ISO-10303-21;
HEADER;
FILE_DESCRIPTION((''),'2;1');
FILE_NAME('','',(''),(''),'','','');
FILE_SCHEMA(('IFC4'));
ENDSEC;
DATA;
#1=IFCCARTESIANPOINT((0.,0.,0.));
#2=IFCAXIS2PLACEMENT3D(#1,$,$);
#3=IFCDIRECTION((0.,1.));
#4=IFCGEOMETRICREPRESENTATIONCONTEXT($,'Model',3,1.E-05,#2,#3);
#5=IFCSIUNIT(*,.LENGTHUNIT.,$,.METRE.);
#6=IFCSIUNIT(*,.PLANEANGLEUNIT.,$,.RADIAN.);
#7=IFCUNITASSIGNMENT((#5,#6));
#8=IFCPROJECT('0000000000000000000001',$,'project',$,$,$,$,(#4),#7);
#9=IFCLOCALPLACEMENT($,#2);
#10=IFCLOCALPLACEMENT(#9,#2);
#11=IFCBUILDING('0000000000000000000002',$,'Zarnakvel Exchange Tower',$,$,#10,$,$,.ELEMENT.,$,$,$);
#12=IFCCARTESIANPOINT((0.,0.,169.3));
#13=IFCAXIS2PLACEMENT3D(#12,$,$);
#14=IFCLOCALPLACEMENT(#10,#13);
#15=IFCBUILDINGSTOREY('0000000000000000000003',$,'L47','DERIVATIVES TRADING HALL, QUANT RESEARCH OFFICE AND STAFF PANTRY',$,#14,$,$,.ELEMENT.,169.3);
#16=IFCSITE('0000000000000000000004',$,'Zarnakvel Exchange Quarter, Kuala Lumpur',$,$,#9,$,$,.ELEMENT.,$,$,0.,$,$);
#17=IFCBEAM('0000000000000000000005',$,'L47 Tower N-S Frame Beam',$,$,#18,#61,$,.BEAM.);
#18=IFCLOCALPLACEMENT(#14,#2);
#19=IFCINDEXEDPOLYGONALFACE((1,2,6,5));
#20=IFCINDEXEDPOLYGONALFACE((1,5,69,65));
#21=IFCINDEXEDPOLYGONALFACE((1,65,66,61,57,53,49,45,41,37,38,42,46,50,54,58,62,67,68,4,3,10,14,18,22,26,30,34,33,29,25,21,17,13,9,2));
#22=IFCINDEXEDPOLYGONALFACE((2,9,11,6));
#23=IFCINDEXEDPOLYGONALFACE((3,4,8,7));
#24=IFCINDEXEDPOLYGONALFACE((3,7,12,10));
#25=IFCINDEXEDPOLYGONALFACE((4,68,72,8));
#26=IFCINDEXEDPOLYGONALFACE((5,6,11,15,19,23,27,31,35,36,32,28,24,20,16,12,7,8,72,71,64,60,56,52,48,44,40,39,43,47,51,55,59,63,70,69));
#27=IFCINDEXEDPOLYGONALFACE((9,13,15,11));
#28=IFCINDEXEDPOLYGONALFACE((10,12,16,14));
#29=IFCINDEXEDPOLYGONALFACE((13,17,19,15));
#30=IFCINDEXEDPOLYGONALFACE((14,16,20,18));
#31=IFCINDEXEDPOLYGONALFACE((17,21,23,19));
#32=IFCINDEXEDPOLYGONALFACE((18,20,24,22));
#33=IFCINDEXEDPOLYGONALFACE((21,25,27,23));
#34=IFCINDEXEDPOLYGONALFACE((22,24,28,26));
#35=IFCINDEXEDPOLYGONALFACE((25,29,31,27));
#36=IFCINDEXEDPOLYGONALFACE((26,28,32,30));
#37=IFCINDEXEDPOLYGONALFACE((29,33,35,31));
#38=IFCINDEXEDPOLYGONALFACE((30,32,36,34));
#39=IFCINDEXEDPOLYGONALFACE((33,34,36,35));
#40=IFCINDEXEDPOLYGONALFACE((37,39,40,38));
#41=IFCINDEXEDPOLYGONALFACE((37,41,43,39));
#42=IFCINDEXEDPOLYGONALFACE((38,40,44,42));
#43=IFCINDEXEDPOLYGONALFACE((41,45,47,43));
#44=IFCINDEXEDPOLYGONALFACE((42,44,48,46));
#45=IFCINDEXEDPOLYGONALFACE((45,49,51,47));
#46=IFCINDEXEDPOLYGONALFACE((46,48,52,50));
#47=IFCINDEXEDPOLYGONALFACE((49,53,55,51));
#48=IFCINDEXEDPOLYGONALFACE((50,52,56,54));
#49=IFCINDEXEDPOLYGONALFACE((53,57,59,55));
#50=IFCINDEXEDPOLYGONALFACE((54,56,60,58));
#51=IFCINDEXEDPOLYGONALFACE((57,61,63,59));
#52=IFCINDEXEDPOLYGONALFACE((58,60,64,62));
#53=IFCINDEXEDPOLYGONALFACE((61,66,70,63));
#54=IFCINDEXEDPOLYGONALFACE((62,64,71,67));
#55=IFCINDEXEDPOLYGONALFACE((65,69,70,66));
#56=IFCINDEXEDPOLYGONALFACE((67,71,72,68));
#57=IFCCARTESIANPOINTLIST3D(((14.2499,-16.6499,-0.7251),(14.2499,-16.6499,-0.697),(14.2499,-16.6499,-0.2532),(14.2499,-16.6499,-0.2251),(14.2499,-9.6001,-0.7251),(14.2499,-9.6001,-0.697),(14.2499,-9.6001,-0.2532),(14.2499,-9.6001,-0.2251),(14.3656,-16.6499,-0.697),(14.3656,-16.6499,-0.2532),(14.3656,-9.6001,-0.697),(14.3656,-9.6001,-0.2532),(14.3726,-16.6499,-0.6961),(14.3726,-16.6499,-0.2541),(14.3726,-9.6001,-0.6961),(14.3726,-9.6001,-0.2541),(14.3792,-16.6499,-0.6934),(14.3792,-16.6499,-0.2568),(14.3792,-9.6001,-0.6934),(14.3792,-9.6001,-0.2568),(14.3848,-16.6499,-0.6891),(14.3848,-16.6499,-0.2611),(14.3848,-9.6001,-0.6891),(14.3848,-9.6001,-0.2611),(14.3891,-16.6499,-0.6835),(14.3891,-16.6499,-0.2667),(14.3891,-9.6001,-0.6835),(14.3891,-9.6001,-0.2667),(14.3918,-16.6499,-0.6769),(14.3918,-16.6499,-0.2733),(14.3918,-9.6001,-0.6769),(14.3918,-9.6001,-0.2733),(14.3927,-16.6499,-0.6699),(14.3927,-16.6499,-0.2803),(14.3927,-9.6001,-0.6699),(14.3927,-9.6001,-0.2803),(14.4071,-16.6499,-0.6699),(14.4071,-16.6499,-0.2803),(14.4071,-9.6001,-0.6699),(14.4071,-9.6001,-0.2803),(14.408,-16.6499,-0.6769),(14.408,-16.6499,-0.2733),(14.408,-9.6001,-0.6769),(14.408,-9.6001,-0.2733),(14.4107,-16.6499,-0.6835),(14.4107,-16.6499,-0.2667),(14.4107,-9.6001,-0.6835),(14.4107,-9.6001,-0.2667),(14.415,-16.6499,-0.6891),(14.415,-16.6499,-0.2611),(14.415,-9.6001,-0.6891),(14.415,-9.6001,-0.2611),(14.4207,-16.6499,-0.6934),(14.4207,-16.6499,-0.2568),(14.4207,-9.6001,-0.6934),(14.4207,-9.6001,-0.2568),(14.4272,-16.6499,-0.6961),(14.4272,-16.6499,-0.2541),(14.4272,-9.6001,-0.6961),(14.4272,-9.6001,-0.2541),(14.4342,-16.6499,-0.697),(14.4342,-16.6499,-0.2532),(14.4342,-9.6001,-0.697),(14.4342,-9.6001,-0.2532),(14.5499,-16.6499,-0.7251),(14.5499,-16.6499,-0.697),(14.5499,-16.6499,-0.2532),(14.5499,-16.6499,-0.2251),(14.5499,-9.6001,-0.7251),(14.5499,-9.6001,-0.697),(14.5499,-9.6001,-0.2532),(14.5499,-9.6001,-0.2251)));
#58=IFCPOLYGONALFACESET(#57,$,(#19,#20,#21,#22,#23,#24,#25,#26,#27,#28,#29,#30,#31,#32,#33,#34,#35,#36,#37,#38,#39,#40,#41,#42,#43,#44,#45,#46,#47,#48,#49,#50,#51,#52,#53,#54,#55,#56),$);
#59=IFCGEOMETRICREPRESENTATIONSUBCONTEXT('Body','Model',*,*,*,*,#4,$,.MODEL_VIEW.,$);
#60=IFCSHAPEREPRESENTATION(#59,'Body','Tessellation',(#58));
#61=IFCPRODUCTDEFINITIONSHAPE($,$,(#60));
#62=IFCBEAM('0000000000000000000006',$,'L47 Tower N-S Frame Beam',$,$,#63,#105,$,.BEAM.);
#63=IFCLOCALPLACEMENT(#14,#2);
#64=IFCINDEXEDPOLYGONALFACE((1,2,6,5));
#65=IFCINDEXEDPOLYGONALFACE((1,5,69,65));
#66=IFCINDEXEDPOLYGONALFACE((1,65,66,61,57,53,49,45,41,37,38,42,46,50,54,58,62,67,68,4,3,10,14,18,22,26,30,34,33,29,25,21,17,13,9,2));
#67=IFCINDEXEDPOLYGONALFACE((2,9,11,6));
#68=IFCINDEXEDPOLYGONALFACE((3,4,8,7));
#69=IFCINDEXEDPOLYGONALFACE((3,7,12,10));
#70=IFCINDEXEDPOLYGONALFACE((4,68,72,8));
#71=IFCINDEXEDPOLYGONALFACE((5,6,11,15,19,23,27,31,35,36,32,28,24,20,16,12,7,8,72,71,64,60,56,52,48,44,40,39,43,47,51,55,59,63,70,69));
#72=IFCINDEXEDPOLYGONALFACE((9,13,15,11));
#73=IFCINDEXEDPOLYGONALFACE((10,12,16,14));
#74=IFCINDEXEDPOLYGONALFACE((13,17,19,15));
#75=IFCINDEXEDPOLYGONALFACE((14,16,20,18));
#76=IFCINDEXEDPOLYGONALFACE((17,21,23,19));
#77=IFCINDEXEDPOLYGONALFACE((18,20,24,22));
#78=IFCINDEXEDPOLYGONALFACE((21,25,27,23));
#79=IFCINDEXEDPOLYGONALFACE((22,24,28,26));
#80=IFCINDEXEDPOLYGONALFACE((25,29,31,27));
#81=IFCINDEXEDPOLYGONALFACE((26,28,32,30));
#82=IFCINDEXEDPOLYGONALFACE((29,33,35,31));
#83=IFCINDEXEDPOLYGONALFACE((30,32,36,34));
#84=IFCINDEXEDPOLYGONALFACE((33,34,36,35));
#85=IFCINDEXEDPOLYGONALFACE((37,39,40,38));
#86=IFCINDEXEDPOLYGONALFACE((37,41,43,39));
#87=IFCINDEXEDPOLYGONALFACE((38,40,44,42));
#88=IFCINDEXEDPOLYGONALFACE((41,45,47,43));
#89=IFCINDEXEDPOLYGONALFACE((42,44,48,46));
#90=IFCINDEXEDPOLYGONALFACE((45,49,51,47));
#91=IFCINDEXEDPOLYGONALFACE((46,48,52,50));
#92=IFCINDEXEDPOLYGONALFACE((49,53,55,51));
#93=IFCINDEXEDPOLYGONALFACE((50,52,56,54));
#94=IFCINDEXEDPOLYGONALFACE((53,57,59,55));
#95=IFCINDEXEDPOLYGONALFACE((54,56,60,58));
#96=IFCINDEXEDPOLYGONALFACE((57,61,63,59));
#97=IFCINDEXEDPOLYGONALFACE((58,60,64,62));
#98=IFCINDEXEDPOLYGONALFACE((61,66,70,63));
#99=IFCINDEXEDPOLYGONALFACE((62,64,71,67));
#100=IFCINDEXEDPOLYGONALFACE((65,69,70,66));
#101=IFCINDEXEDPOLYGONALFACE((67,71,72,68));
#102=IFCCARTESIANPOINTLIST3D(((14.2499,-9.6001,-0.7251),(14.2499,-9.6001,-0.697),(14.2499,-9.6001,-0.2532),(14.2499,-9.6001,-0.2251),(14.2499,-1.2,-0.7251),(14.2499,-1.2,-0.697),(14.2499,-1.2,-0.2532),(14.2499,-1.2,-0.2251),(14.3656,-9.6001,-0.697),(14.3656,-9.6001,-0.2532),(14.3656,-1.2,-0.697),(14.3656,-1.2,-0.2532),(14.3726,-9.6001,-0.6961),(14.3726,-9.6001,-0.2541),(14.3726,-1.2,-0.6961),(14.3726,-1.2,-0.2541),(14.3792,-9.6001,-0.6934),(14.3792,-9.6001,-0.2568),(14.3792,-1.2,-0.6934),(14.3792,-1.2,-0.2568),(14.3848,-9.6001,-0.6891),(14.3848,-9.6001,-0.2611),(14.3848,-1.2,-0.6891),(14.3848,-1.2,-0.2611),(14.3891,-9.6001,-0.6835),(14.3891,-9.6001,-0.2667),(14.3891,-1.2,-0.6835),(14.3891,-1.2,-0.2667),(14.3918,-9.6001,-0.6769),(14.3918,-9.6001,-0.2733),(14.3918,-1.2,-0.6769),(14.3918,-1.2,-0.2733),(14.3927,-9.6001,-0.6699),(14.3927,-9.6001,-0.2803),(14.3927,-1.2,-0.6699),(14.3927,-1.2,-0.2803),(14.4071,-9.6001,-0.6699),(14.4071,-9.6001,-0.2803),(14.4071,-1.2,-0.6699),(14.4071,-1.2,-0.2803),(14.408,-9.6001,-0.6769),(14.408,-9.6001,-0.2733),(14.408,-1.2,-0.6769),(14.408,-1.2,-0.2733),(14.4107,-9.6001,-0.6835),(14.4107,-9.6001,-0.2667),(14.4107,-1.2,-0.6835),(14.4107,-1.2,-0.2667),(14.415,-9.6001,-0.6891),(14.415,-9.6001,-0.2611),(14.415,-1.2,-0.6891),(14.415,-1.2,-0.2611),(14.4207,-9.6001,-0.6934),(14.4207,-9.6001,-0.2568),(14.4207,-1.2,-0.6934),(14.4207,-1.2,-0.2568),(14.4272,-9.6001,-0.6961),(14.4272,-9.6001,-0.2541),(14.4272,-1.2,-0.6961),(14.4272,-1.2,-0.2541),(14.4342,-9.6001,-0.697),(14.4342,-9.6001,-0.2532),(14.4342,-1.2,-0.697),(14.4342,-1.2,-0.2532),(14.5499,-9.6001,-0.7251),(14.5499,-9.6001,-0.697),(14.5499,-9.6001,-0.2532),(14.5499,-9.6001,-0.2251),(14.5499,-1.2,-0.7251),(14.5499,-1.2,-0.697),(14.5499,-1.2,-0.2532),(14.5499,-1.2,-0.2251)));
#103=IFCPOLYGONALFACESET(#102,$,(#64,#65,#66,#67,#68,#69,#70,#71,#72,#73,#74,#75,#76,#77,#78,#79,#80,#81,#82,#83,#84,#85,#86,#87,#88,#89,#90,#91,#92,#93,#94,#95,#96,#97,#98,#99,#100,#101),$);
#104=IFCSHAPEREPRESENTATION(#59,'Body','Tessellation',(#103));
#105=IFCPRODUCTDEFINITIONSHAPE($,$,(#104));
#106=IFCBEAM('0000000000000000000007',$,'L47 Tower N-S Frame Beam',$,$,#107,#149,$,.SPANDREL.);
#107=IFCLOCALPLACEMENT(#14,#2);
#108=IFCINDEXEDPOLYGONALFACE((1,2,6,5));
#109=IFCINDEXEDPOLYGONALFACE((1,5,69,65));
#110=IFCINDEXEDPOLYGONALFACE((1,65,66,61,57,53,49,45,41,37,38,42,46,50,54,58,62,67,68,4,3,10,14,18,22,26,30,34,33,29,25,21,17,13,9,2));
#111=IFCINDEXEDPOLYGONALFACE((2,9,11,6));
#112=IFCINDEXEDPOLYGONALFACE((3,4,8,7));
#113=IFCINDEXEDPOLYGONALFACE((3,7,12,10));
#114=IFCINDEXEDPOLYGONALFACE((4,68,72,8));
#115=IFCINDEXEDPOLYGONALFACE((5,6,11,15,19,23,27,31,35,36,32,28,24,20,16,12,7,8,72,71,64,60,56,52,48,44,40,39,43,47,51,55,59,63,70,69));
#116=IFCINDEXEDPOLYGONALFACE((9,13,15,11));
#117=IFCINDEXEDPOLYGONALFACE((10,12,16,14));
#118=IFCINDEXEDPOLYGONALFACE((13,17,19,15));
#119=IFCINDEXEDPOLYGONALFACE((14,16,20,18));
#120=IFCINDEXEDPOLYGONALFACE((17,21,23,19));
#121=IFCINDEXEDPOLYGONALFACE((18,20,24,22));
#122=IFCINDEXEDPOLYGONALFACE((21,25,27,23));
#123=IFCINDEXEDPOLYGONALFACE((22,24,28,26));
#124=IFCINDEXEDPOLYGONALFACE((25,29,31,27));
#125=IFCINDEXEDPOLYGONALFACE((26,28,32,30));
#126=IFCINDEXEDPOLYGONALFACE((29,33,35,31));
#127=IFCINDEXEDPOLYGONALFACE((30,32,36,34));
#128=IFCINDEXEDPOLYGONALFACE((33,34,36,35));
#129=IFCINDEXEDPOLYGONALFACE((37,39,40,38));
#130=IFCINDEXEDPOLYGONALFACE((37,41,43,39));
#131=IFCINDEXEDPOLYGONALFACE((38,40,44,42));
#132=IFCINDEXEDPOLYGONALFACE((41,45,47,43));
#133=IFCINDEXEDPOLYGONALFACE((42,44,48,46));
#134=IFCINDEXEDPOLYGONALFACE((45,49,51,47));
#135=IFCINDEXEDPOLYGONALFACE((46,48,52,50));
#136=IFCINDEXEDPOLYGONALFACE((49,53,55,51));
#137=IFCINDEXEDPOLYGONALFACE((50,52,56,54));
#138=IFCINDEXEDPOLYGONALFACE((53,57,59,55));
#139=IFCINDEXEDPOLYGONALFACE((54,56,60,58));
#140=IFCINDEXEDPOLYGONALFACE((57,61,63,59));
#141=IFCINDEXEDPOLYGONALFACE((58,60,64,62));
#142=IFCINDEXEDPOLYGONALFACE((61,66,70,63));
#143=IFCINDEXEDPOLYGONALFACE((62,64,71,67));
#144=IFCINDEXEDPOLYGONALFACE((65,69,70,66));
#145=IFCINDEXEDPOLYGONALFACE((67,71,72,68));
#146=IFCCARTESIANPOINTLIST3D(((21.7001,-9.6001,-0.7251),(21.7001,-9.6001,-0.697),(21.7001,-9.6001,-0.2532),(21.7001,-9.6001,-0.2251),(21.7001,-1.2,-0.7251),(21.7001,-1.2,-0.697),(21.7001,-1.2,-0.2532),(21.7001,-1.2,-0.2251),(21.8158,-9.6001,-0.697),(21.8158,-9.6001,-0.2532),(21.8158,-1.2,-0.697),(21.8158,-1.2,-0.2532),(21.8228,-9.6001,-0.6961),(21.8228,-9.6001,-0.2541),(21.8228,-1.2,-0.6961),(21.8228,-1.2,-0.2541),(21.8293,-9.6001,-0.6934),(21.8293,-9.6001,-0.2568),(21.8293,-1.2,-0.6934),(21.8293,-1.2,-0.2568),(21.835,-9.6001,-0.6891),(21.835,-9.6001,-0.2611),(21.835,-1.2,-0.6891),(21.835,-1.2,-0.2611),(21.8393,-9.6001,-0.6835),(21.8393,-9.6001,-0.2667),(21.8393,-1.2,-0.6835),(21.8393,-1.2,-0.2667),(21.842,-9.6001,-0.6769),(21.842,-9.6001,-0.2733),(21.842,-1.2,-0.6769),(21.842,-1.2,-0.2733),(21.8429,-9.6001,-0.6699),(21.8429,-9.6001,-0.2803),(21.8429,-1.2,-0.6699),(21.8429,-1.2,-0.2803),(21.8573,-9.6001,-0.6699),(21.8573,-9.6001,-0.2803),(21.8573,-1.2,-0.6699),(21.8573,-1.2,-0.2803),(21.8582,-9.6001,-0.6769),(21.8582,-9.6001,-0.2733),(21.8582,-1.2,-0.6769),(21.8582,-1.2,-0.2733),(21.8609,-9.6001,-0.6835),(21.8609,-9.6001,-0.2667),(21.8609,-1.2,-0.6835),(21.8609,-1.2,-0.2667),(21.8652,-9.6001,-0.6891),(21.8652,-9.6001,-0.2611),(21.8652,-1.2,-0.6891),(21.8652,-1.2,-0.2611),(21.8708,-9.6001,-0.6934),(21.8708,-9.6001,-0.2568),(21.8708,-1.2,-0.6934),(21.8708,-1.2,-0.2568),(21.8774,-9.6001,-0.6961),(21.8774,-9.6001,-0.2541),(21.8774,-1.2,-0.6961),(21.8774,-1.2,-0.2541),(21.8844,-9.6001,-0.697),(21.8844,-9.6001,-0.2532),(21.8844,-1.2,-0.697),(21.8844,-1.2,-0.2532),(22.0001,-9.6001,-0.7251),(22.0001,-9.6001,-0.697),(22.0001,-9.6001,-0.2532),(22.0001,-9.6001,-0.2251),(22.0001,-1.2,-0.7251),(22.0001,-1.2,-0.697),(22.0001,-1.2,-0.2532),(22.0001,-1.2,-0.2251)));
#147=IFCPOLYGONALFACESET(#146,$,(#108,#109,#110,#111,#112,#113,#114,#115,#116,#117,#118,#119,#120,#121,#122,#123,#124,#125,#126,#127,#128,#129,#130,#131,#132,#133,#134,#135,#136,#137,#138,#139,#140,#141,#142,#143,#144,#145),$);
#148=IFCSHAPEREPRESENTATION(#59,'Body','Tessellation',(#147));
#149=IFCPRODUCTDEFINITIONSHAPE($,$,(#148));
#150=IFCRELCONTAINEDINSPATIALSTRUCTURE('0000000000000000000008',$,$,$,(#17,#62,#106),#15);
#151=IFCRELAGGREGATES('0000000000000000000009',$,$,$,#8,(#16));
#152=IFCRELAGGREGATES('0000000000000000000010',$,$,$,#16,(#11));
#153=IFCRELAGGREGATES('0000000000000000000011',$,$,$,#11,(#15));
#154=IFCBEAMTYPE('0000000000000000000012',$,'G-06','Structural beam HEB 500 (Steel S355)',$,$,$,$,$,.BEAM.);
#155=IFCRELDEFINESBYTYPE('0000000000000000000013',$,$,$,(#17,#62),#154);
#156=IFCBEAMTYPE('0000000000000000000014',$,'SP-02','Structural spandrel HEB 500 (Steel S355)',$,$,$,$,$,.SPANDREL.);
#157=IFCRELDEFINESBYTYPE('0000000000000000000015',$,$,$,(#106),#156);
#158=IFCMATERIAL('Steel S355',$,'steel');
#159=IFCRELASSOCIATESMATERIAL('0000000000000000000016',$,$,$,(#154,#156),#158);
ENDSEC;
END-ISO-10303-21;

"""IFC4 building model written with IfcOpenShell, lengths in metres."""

from ifc_helpers import new_model, si_unit, direction, frame, origin, origin_2d, place, context, subcontext, project, spatial, i_section, extrude, material, material_profile, profile_set, type_object, element, save


model = new_model("IFC4")

# Units and contexts
model_context = context("Model", 3, precision=1e-05, world=origin(), true_north=direction((0.0, 1.0)))
body_context = subcontext(model_context, "Body", "Model", "MODEL_VIEW")
ifc_project = project(units=[si_unit("LENGTHUNIT", "METRE"), si_unit("PLANEANGLEUNIT", "RADIAN")], contexts=[model_context])

# Site, building, storey
site_placement = place(None, origin())
site = spatial("IfcSite", under=ifc_project, at=site_placement, Name="Zarnakvel Exchange Quarter, Kuala Lumpur", CompositionType="ELEMENT", RefElevation=0.0)
building_placement = place(site_placement, origin())
building = spatial("IfcBuilding", under=site, at=building_placement, Name="Zarnakvel Exchange Tower", CompositionType="ELEMENT")
storey_placement = place(building_placement, frame((0.0, 0.0, 169.3)))
storey = spatial("IfcBuildingStorey", under=building, at=storey_placement, Name="L47", Description="DERIVATIVES TRADING HALL, QUANT RESEARCH OFFICE AND STAFF PANTRY", CompositionType="ELEMENT", Elevation=169.3)

# Shared definitions
ifc_material_1 = material(Name="Steel S355", Category="steel")

# Beams
ifc_material_profile_1 = material_profile(ifc_material_1, i_section(OverallWidth=0.3, OverallDepth=0.5, WebThickness=0.0144, FlangeThickness=0.0281, FilletRadius=0.0271, at=origin_2d()))
ifc_profile_set_1 = profile_set([ifc_material_profile_1], Name="Steel S355")
beam_type_1 = type_object("IfcBeamType", Name="G-06", Description="Structural beam HEB 500 (Steel S355)", PredefinedType="BEAM", material=ifc_profile_set_1)
beam_1_placement = place(storey_placement, frame((14.3999, -16.6499, -0.4751), z_axis=(0.0, 1.0, 0.0), x_axis=(-1.0, 0.0, 0.0)))
element("IfcBeam", 1, at=beam_1_placement, inside=storey, type_object=beam_type_1, Name="L47 Tower N-S Frame Beam", PredefinedType="BEAM", context=body_context, shape_type="SweptSolid", body=[
    extrude(i_section(OverallWidth=0.3, OverallDepth=0.5, WebThickness=0.0144, FlangeThickness=0.0281, FilletRadius=0.0271, at=origin_2d()), origin(), (0.0, 0.0, 1.0), 7.0498),
])
beam_2_placement = place(storey_placement, frame((14.3999, -9.6001, -0.4751), z_axis=(0.0, 1.0, 0.0), x_axis=(-1.0, 0.0, 0.0)))
element("IfcBeam", 2, at=beam_2_placement, inside=storey, type_object=beam_type_1, Name="L47 Tower N-S Frame Beam", PredefinedType="BEAM", context=body_context, shape_type="SweptSolid", body=[
    extrude(i_section(OverallWidth=0.3, OverallDepth=0.5, WebThickness=0.0144, FlangeThickness=0.0281, FilletRadius=0.0271, at=origin_2d()), origin(), (0.0, 0.0, 1.0), 8.4001),
])
ifc_material_profile_2 = material_profile(ifc_material_1, i_section(OverallWidth=0.3, OverallDepth=0.5, WebThickness=0.0144, FlangeThickness=0.0281, FilletRadius=0.0271, at=origin_2d()))
ifc_profile_set_2 = profile_set([ifc_material_profile_2], Name="Steel S355")
beam_type_2 = type_object("IfcBeamType", Name="SP-02", Description="Structural spandrel HEB 500 (Steel S355)", PredefinedType="SPANDREL", material=ifc_profile_set_2)
beam_3_placement = place(storey_placement, frame((21.8501, -9.6001, -0.4751), z_axis=(0.0, 1.0, 0.0), x_axis=(-1.0, 0.0, 0.0)))
element("IfcBeam", 3, at=beam_3_placement, inside=storey, type_object=beam_type_2, Name="L47 Tower N-S Frame Beam", PredefinedType="SPANDREL", context=body_context, shape_type="SweptSolid", body=[
    extrude(i_section(OverallWidth=0.3, OverallDepth=0.5, WebThickness=0.0144, FlangeThickness=0.0281, FilletRadius=0.0271, at=origin_2d()), origin(), (0.0, 0.0, 1.0), 8.4001),
])

save(model, "model.ifc")
